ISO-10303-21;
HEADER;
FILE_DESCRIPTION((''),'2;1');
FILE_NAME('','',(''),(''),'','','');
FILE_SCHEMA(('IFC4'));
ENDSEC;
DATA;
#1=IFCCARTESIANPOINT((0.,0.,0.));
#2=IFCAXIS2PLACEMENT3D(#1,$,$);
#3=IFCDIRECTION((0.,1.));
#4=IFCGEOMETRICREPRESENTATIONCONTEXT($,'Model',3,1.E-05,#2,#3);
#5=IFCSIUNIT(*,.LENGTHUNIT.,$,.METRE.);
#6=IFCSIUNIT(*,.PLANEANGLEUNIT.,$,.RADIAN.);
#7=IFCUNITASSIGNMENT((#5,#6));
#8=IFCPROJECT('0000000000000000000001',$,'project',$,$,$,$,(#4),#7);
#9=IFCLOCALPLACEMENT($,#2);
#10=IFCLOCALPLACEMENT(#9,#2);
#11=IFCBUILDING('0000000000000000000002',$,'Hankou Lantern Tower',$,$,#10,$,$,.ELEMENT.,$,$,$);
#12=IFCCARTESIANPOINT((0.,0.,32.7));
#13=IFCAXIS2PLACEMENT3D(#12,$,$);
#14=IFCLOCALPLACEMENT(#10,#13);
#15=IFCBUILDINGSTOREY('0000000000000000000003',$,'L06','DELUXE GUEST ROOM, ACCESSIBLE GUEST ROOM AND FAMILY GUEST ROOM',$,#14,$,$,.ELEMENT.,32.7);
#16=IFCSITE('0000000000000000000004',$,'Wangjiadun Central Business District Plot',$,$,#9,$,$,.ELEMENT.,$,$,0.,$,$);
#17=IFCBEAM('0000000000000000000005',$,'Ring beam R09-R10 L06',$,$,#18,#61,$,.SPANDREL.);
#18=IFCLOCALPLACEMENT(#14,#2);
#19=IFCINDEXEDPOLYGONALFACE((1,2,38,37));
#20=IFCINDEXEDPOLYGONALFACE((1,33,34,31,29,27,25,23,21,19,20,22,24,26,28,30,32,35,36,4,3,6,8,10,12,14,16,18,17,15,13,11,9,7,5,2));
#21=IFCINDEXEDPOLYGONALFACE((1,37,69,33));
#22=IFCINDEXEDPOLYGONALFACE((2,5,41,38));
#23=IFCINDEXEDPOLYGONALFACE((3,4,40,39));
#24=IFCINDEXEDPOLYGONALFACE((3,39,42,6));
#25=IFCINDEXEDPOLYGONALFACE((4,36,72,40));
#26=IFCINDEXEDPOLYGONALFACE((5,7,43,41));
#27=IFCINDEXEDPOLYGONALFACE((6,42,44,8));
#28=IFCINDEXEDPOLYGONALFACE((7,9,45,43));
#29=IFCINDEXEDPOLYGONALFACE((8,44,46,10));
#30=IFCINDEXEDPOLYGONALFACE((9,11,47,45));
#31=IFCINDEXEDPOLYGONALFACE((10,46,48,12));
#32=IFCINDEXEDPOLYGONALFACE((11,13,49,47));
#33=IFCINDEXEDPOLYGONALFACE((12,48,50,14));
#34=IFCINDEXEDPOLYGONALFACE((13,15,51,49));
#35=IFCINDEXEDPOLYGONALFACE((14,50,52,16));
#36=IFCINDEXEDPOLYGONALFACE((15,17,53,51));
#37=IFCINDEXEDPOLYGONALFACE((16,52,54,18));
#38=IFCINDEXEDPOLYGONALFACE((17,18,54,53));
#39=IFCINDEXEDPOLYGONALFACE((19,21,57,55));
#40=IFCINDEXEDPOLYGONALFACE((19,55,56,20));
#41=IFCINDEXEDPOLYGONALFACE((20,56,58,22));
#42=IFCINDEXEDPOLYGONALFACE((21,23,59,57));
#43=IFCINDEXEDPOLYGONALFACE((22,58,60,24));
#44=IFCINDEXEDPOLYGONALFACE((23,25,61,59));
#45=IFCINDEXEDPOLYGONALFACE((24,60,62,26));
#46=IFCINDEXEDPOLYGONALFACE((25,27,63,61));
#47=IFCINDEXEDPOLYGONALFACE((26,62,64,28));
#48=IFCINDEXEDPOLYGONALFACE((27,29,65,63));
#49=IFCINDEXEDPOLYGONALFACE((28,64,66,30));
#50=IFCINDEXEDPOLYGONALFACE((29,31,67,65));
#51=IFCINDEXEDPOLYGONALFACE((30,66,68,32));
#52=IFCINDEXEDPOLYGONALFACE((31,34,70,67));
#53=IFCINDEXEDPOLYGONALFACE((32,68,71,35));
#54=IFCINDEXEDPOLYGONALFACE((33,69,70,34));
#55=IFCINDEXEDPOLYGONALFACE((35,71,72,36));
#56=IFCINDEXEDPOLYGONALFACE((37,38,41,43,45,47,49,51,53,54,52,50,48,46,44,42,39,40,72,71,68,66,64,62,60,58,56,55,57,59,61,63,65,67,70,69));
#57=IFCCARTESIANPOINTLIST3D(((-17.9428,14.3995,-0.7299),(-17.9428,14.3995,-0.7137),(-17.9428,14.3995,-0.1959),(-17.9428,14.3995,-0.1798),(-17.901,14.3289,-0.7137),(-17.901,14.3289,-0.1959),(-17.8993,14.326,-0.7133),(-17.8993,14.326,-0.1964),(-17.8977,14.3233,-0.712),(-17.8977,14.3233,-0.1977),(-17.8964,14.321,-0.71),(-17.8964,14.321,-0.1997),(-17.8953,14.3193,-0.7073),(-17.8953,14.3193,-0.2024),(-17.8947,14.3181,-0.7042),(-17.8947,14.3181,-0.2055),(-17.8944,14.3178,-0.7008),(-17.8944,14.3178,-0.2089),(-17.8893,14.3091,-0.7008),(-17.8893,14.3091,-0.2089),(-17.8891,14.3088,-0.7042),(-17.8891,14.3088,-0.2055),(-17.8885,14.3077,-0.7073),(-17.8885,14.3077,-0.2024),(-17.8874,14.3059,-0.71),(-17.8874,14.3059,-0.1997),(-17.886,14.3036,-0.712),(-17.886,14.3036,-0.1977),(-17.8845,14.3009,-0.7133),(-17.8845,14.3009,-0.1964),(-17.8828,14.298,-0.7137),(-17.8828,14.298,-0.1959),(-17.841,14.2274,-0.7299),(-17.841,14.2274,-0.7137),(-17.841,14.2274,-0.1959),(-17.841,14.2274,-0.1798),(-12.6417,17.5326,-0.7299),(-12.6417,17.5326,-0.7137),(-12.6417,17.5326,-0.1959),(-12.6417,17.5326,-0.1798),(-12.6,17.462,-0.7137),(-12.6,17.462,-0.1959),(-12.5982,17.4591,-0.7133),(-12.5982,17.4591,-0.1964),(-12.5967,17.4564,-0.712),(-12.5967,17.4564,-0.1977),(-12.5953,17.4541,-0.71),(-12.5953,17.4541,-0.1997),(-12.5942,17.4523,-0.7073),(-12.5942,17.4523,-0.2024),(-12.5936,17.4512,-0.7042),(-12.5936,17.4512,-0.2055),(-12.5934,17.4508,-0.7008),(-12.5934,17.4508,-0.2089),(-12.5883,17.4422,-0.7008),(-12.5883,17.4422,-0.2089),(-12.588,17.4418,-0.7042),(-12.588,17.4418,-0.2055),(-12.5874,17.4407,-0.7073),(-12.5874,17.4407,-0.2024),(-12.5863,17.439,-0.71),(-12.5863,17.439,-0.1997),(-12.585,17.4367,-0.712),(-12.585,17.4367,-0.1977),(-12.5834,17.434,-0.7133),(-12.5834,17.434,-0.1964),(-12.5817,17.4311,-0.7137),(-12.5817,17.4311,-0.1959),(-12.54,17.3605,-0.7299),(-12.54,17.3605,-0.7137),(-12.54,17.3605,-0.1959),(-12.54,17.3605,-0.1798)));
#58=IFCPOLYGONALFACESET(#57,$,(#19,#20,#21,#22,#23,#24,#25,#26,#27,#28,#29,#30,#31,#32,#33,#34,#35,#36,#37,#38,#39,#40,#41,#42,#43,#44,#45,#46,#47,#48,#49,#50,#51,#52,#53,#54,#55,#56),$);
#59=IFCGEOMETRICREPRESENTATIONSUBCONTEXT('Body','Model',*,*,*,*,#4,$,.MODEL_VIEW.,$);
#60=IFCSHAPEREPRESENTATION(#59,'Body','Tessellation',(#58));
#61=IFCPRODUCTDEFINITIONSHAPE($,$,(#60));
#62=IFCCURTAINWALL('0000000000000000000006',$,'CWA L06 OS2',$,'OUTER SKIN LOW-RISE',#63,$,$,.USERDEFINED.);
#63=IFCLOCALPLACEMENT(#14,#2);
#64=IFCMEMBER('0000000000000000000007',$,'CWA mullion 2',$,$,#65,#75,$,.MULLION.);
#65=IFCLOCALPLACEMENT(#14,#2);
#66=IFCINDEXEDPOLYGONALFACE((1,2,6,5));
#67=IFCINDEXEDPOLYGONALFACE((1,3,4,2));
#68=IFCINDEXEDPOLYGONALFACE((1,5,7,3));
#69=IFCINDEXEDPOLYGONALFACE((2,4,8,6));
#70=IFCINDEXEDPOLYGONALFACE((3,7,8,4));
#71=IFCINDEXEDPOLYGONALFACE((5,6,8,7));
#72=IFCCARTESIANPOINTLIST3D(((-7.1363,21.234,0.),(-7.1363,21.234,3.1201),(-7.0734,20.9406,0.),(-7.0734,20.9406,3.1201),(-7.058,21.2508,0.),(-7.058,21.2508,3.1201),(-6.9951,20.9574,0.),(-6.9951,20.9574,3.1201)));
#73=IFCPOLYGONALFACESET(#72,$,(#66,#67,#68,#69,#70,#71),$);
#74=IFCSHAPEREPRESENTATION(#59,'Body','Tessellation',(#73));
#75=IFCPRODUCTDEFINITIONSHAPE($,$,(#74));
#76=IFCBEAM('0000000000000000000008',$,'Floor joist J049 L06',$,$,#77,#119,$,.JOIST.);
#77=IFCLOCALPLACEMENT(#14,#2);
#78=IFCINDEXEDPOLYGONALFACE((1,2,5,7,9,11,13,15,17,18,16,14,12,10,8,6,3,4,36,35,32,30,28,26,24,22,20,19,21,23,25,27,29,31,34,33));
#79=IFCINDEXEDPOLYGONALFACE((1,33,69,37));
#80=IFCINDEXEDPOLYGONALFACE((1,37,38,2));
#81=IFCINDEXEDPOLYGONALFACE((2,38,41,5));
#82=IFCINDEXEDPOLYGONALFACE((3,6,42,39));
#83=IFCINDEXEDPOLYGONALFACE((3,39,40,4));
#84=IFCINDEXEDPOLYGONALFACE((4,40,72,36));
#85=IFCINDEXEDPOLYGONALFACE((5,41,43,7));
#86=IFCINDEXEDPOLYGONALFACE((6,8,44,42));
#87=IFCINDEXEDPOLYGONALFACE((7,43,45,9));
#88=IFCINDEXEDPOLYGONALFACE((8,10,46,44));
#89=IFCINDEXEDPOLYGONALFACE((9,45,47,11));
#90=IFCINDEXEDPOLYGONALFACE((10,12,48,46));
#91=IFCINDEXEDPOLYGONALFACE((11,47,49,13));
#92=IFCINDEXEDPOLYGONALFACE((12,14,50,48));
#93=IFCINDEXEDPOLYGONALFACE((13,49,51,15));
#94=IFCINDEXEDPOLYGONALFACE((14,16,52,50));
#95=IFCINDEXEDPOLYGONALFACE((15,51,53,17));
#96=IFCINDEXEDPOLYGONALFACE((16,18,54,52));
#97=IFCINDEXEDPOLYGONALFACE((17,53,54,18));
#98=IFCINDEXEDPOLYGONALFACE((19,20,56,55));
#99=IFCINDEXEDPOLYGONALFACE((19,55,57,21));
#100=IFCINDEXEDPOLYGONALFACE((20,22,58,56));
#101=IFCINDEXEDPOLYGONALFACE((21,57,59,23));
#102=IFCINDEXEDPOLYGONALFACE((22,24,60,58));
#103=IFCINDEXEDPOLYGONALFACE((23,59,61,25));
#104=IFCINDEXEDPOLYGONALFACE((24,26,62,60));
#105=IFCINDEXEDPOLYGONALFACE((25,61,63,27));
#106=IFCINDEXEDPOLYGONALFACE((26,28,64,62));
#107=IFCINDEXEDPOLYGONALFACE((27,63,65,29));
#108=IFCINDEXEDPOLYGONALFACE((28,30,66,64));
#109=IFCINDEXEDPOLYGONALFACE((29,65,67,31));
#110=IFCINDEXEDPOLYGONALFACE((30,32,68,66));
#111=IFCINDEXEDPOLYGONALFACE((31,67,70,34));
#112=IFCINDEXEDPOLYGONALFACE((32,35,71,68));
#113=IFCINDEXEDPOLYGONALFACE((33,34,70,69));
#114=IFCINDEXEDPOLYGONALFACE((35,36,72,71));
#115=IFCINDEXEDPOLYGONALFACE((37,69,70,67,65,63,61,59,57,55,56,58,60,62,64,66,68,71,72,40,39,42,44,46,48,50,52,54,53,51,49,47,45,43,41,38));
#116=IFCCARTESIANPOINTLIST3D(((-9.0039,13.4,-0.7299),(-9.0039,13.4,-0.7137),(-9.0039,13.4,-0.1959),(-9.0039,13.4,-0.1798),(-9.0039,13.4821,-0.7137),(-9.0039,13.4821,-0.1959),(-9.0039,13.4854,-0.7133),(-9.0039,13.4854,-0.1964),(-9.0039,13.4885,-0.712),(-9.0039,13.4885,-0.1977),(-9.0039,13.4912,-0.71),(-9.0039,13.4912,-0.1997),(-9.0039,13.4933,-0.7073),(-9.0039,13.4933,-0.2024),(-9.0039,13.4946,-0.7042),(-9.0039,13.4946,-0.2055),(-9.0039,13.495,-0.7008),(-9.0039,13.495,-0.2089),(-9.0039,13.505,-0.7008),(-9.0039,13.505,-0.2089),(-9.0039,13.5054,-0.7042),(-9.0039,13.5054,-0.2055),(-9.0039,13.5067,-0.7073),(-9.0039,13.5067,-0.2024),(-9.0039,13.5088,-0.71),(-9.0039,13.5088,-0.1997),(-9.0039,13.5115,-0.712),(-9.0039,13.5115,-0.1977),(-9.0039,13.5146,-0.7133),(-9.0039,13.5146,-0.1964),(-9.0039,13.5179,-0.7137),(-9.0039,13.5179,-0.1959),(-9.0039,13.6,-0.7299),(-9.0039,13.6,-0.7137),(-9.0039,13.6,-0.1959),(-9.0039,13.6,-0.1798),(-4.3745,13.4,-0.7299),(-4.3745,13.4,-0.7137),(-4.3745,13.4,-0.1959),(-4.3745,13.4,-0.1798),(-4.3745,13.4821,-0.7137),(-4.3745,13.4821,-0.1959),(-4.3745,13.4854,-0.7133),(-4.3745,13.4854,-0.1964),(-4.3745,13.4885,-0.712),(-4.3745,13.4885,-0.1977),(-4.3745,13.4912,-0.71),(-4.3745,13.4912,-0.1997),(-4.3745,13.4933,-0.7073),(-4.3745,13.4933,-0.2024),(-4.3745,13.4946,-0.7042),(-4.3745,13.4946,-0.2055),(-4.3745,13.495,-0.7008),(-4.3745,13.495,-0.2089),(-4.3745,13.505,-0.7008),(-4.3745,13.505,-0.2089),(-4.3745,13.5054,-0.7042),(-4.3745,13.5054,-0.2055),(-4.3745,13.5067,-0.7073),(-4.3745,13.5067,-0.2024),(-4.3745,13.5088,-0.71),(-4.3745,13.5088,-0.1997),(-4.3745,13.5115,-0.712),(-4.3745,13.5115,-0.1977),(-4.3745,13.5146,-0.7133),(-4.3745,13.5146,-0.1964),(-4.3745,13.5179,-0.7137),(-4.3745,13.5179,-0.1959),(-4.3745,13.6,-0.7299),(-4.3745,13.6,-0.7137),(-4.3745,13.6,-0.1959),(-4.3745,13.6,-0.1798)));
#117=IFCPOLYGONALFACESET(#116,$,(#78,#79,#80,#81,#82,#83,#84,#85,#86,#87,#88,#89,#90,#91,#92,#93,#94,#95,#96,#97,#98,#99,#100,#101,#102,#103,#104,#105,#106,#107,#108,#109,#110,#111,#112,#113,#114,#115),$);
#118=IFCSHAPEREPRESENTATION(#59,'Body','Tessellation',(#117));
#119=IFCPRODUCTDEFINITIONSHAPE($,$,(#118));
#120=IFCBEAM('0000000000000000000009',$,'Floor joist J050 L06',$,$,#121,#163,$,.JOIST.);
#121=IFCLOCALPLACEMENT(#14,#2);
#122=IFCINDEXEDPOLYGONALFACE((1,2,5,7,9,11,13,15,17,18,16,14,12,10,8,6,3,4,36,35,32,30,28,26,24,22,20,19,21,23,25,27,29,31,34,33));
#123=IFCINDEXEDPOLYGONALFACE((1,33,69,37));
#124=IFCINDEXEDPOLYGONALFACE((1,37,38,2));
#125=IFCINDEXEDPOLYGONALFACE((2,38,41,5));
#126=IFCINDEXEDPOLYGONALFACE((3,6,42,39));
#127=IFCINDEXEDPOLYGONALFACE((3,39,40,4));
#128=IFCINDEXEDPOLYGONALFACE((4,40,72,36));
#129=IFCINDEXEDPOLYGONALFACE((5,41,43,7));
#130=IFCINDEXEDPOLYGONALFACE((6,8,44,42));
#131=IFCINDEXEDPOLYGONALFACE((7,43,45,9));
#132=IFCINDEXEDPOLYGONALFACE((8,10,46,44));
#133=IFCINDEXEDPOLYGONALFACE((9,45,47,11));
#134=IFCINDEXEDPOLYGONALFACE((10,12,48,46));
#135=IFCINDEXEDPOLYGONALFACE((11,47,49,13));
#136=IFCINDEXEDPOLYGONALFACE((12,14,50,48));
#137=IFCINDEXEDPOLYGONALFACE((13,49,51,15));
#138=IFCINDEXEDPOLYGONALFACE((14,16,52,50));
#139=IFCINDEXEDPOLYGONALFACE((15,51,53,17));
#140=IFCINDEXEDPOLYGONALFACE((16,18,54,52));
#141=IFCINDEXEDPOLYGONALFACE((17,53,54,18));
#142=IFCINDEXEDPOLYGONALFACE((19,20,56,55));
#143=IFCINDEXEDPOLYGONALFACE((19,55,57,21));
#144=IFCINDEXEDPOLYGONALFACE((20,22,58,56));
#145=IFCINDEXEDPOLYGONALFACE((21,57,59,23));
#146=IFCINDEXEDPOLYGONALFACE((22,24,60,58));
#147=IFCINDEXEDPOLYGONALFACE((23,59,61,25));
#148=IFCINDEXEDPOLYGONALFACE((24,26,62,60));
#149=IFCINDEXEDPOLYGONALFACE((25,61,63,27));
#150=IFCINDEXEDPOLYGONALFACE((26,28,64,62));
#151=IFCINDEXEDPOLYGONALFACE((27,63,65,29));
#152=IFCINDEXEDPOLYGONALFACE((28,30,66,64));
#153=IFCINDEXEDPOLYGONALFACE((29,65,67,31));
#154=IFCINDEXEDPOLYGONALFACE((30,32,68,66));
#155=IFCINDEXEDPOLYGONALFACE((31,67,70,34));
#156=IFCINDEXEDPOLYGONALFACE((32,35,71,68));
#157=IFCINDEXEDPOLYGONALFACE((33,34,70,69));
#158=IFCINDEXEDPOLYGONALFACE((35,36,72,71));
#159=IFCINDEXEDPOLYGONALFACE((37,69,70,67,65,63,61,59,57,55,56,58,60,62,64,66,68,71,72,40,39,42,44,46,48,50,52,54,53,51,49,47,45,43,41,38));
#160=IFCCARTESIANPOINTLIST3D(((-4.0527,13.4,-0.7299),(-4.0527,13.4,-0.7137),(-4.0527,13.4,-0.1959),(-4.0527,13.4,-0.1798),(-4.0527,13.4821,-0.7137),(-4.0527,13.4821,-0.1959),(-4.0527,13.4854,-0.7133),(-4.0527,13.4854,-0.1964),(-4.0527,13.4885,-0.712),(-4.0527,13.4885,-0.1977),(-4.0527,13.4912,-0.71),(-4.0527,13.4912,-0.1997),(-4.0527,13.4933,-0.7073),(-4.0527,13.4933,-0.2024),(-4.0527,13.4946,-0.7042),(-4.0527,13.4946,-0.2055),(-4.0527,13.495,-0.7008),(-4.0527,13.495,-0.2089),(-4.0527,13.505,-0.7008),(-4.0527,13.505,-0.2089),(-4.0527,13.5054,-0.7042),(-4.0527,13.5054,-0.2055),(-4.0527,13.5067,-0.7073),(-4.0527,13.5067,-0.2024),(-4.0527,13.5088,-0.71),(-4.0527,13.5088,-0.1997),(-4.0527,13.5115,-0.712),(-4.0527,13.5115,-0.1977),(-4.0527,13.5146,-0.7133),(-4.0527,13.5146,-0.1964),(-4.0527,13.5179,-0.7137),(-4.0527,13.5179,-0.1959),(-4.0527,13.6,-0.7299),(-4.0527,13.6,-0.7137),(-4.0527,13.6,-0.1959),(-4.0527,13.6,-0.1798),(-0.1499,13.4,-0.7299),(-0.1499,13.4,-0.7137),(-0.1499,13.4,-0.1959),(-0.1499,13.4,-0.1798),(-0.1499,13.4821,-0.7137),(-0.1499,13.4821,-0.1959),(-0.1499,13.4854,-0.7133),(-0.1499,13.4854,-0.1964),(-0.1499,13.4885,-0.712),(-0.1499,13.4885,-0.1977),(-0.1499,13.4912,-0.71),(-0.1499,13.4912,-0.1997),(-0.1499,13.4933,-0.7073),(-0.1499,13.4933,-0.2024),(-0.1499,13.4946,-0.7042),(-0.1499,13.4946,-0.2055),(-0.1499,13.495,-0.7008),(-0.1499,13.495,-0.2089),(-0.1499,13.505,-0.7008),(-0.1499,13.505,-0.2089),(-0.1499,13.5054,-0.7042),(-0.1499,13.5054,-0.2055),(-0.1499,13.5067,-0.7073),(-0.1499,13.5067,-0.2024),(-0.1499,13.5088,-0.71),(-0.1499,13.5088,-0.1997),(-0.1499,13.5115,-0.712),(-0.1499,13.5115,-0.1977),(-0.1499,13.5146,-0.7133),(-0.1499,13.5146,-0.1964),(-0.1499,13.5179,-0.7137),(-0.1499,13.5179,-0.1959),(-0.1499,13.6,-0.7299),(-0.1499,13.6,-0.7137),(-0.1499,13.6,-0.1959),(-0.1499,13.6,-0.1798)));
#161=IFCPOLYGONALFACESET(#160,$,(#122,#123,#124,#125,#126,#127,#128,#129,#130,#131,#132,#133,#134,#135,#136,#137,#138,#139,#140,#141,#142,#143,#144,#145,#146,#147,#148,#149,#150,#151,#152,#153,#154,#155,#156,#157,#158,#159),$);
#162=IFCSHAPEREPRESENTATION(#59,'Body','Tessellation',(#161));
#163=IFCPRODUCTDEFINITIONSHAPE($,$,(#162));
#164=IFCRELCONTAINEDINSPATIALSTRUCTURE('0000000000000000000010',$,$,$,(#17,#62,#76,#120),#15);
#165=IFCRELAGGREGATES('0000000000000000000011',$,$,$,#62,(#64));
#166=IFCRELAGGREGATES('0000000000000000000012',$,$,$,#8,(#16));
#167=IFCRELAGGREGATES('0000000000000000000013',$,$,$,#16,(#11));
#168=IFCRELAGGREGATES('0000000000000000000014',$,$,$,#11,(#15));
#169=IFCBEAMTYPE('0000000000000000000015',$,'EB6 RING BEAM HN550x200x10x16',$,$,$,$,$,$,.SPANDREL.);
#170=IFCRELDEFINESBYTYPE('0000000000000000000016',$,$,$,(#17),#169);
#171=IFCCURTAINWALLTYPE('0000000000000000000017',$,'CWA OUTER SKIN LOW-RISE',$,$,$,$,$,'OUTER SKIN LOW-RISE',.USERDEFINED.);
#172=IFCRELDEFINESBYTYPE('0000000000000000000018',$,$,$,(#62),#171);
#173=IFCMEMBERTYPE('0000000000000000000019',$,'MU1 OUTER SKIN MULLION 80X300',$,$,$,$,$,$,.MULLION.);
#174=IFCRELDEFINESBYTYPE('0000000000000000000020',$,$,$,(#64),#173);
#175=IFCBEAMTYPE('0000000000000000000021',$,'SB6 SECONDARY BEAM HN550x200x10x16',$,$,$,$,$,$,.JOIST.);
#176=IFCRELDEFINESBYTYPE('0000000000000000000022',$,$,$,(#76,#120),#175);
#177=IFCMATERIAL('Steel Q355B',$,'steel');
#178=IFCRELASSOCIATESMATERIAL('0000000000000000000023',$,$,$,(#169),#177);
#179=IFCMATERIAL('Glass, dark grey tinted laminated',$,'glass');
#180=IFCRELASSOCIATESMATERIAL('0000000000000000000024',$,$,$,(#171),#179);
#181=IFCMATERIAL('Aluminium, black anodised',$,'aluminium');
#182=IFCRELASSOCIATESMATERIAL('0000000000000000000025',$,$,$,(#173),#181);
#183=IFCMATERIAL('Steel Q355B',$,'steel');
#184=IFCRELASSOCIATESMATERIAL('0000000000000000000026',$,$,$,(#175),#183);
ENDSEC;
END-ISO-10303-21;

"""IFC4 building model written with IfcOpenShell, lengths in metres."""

from ifc_helpers import new_model, si_unit, direction, frame, origin, origin_2d, place, context, subcontext, project, spatial, rectangle, i_section, extrude, material, material_profile, profile_set, type_object, element, aggregate, save


model = new_model("IFC4")

# Units and contexts
model_context = context("Model", 3, precision=1e-05, world=origin(), true_north=direction((0.0, 1.0)))
body_context = subcontext(model_context, "Body", "Model", "MODEL_VIEW")
ifc_project = project(units=[si_unit("LENGTHUNIT", "METRE"), si_unit("PLANEANGLEUNIT", "RADIAN")], contexts=[model_context])

# Site, building, storey
site_placement = place(None, origin())
site = spatial("IfcSite", under=ifc_project, at=site_placement, Name="Wangjiadun Central Business District Plot", CompositionType="ELEMENT", RefElevation=0.0)
building_placement = place(site_placement, origin())
building = spatial("IfcBuilding", under=site, at=building_placement, Name="Hankou Lantern Tower", CompositionType="ELEMENT")
storey_placement = place(building_placement, frame((0.0, 0.0, 32.7)))
storey = spatial("IfcBuildingStorey", under=building, at=storey_placement, Name="L06", Description="DELUXE GUEST ROOM, ACCESSIBLE GUEST ROOM AND FAMILY GUEST ROOM", CompositionType="ELEMENT", Elevation=32.7)

# Beam
ifc_material_1 = material(Name="Steel Q355B", Category="steel")
ifc_material_profile_1 = material_profile(ifc_material_1, i_section(OverallWidth=0.2, OverallDepth=0.55, WebThickness=0.01, FlangeThickness=0.0161, FilletRadius=0.0129, at=origin_2d()), Name="HN550x200x10x16")
ifc_profile_set_1 = profile_set([ifc_material_profile_1], Name="Steel Q355B")
beam_type_1 = type_object("IfcBeamType", Name="EB6 RING BEAM HN550x200x10x16", PredefinedType="SPANDREL", material=ifc_profile_set_1)
beam_1_placement = place(storey_placement, frame((-12.5908, 17.4465, -0.4548), z_axis=(-0.860882, -0.508805, 0.0), x_axis=(0.508805, -0.860882, 0.0)))
element("IfcBeam", 1, at=beam_1_placement, inside=storey, type_object=beam_type_1, Name="Ring beam R09-R10 L06", PredefinedType="SPANDREL", context=body_context, shape_type="SweptSolid", body=[
    extrude(i_section(OverallWidth=0.2, OverallDepth=0.55, WebThickness=0.01, FlangeThickness=0.0161, FilletRadius=0.0129, at=origin_2d()), origin(), (0.0, 0.0, 1.0), 6.1577),
])

# Curtain wall, member
ifc_material_2 = material(Name="Glass, dark grey tinted laminated", Category="glass")
curtain_wall_type = type_object("IfcCurtainWallType", Name="CWA OUTER SKIN LOW-RISE", ElementType="OUTER SKIN LOW-RISE", PredefinedType="USERDEFINED", material=ifc_material_2)
curtain_wall_placement = place(storey_placement, origin())
curtain_wall = element("IfcCurtainWall", 2, at=curtain_wall_placement, inside=storey, type_object=curtain_wall_type, Name="CWA L06 OS2", ObjectType="OUTER SKIN LOW-RISE", PredefinedType="USERDEFINED")
ifc_material_3 = material(Name="Aluminium, black anodised", Category="aluminium")
ifc_material_profile_2 = material_profile(ifc_material_3, rectangle(XDim=0.0801, YDim=0.3, at=origin_2d()), Name="MU1 80X300")
ifc_profile_set_2 = profile_set([ifc_material_profile_2], Name="Aluminium, black anodised")
member_type_1 = type_object("IfcMemberType", Name="MU1 OUTER SKIN MULLION 80X300", PredefinedType="MULLION", material=ifc_profile_set_2)
member_1_placement = place(storey_placement, frame((-7.0657, 21.0957, 0.0), z_axis=(0.0, 0.0, 1.0), x_axis=(-0.977788, -0.209598, 0.0)))
member_1 = element("IfcMember", 3, at=member_1_placement, type_object=member_type_1, Name="CWA mullion 2", PredefinedType="MULLION", context=body_context, shape_type="SweptSolid", body=[
    extrude(rectangle(XDim=0.0801, YDim=0.3, at=origin_2d()), origin(), (0.0, 0.0, 1.0), 3.1201),
])

# Beams
ifc_material_4 = material(Name="Steel Q355B", Category="steel")
ifc_material_profile_3 = material_profile(ifc_material_4, i_section(OverallWidth=0.2, OverallDepth=0.55, WebThickness=0.01, FlangeThickness=0.0161, FilletRadius=0.0129, at=origin_2d()), Name="HN550x200x10x16")
ifc_profile_set_3 = profile_set([ifc_material_profile_3], Name="Steel Q355B")
beam_type_2 = type_object("IfcBeamType", Name="SB6 SECONDARY BEAM HN550x200x10x16", PredefinedType="JOIST", material=ifc_profile_set_3)
beam_2_placement = place(storey_placement, frame((-9.0039, 13.5, -0.4548), z_axis=(1.0, 0.0, 0.0), x_axis=(0.0, 1.0, 0.0)))
element("IfcBeam", 4, at=beam_2_placement, inside=storey, type_object=beam_type_2, Name="Floor joist J049 L06", PredefinedType="JOIST", context=body_context, shape_type="SweptSolid", body=[
    extrude(i_section(OverallWidth=0.2, OverallDepth=0.55, WebThickness=0.01, FlangeThickness=0.0161, FilletRadius=0.0129, at=origin_2d()), origin(), (0.0, 0.0, 1.0), 4.6294),
])
beam_3_placement = place(storey_placement, frame((-4.0527, 13.5, -0.4548), z_axis=(1.0, 0.0, 0.0), x_axis=(0.0, 1.0, 0.0)))
element("IfcBeam", 5, at=beam_3_placement, inside=storey, type_object=beam_type_2, Name="Floor joist J050 L06", PredefinedType="JOIST", context=body_context, shape_type="SweptSolid", body=[
    extrude(i_section(OverallWidth=0.2, OverallDepth=0.55, WebThickness=0.01, FlangeThickness=0.0161, FilletRadius=0.0129, at=origin_2d()), origin(), (0.0, 0.0, 1.0), 3.9028),
])

aggregate(curtain_wall, [member_1])

save(model, "model.ifc")
